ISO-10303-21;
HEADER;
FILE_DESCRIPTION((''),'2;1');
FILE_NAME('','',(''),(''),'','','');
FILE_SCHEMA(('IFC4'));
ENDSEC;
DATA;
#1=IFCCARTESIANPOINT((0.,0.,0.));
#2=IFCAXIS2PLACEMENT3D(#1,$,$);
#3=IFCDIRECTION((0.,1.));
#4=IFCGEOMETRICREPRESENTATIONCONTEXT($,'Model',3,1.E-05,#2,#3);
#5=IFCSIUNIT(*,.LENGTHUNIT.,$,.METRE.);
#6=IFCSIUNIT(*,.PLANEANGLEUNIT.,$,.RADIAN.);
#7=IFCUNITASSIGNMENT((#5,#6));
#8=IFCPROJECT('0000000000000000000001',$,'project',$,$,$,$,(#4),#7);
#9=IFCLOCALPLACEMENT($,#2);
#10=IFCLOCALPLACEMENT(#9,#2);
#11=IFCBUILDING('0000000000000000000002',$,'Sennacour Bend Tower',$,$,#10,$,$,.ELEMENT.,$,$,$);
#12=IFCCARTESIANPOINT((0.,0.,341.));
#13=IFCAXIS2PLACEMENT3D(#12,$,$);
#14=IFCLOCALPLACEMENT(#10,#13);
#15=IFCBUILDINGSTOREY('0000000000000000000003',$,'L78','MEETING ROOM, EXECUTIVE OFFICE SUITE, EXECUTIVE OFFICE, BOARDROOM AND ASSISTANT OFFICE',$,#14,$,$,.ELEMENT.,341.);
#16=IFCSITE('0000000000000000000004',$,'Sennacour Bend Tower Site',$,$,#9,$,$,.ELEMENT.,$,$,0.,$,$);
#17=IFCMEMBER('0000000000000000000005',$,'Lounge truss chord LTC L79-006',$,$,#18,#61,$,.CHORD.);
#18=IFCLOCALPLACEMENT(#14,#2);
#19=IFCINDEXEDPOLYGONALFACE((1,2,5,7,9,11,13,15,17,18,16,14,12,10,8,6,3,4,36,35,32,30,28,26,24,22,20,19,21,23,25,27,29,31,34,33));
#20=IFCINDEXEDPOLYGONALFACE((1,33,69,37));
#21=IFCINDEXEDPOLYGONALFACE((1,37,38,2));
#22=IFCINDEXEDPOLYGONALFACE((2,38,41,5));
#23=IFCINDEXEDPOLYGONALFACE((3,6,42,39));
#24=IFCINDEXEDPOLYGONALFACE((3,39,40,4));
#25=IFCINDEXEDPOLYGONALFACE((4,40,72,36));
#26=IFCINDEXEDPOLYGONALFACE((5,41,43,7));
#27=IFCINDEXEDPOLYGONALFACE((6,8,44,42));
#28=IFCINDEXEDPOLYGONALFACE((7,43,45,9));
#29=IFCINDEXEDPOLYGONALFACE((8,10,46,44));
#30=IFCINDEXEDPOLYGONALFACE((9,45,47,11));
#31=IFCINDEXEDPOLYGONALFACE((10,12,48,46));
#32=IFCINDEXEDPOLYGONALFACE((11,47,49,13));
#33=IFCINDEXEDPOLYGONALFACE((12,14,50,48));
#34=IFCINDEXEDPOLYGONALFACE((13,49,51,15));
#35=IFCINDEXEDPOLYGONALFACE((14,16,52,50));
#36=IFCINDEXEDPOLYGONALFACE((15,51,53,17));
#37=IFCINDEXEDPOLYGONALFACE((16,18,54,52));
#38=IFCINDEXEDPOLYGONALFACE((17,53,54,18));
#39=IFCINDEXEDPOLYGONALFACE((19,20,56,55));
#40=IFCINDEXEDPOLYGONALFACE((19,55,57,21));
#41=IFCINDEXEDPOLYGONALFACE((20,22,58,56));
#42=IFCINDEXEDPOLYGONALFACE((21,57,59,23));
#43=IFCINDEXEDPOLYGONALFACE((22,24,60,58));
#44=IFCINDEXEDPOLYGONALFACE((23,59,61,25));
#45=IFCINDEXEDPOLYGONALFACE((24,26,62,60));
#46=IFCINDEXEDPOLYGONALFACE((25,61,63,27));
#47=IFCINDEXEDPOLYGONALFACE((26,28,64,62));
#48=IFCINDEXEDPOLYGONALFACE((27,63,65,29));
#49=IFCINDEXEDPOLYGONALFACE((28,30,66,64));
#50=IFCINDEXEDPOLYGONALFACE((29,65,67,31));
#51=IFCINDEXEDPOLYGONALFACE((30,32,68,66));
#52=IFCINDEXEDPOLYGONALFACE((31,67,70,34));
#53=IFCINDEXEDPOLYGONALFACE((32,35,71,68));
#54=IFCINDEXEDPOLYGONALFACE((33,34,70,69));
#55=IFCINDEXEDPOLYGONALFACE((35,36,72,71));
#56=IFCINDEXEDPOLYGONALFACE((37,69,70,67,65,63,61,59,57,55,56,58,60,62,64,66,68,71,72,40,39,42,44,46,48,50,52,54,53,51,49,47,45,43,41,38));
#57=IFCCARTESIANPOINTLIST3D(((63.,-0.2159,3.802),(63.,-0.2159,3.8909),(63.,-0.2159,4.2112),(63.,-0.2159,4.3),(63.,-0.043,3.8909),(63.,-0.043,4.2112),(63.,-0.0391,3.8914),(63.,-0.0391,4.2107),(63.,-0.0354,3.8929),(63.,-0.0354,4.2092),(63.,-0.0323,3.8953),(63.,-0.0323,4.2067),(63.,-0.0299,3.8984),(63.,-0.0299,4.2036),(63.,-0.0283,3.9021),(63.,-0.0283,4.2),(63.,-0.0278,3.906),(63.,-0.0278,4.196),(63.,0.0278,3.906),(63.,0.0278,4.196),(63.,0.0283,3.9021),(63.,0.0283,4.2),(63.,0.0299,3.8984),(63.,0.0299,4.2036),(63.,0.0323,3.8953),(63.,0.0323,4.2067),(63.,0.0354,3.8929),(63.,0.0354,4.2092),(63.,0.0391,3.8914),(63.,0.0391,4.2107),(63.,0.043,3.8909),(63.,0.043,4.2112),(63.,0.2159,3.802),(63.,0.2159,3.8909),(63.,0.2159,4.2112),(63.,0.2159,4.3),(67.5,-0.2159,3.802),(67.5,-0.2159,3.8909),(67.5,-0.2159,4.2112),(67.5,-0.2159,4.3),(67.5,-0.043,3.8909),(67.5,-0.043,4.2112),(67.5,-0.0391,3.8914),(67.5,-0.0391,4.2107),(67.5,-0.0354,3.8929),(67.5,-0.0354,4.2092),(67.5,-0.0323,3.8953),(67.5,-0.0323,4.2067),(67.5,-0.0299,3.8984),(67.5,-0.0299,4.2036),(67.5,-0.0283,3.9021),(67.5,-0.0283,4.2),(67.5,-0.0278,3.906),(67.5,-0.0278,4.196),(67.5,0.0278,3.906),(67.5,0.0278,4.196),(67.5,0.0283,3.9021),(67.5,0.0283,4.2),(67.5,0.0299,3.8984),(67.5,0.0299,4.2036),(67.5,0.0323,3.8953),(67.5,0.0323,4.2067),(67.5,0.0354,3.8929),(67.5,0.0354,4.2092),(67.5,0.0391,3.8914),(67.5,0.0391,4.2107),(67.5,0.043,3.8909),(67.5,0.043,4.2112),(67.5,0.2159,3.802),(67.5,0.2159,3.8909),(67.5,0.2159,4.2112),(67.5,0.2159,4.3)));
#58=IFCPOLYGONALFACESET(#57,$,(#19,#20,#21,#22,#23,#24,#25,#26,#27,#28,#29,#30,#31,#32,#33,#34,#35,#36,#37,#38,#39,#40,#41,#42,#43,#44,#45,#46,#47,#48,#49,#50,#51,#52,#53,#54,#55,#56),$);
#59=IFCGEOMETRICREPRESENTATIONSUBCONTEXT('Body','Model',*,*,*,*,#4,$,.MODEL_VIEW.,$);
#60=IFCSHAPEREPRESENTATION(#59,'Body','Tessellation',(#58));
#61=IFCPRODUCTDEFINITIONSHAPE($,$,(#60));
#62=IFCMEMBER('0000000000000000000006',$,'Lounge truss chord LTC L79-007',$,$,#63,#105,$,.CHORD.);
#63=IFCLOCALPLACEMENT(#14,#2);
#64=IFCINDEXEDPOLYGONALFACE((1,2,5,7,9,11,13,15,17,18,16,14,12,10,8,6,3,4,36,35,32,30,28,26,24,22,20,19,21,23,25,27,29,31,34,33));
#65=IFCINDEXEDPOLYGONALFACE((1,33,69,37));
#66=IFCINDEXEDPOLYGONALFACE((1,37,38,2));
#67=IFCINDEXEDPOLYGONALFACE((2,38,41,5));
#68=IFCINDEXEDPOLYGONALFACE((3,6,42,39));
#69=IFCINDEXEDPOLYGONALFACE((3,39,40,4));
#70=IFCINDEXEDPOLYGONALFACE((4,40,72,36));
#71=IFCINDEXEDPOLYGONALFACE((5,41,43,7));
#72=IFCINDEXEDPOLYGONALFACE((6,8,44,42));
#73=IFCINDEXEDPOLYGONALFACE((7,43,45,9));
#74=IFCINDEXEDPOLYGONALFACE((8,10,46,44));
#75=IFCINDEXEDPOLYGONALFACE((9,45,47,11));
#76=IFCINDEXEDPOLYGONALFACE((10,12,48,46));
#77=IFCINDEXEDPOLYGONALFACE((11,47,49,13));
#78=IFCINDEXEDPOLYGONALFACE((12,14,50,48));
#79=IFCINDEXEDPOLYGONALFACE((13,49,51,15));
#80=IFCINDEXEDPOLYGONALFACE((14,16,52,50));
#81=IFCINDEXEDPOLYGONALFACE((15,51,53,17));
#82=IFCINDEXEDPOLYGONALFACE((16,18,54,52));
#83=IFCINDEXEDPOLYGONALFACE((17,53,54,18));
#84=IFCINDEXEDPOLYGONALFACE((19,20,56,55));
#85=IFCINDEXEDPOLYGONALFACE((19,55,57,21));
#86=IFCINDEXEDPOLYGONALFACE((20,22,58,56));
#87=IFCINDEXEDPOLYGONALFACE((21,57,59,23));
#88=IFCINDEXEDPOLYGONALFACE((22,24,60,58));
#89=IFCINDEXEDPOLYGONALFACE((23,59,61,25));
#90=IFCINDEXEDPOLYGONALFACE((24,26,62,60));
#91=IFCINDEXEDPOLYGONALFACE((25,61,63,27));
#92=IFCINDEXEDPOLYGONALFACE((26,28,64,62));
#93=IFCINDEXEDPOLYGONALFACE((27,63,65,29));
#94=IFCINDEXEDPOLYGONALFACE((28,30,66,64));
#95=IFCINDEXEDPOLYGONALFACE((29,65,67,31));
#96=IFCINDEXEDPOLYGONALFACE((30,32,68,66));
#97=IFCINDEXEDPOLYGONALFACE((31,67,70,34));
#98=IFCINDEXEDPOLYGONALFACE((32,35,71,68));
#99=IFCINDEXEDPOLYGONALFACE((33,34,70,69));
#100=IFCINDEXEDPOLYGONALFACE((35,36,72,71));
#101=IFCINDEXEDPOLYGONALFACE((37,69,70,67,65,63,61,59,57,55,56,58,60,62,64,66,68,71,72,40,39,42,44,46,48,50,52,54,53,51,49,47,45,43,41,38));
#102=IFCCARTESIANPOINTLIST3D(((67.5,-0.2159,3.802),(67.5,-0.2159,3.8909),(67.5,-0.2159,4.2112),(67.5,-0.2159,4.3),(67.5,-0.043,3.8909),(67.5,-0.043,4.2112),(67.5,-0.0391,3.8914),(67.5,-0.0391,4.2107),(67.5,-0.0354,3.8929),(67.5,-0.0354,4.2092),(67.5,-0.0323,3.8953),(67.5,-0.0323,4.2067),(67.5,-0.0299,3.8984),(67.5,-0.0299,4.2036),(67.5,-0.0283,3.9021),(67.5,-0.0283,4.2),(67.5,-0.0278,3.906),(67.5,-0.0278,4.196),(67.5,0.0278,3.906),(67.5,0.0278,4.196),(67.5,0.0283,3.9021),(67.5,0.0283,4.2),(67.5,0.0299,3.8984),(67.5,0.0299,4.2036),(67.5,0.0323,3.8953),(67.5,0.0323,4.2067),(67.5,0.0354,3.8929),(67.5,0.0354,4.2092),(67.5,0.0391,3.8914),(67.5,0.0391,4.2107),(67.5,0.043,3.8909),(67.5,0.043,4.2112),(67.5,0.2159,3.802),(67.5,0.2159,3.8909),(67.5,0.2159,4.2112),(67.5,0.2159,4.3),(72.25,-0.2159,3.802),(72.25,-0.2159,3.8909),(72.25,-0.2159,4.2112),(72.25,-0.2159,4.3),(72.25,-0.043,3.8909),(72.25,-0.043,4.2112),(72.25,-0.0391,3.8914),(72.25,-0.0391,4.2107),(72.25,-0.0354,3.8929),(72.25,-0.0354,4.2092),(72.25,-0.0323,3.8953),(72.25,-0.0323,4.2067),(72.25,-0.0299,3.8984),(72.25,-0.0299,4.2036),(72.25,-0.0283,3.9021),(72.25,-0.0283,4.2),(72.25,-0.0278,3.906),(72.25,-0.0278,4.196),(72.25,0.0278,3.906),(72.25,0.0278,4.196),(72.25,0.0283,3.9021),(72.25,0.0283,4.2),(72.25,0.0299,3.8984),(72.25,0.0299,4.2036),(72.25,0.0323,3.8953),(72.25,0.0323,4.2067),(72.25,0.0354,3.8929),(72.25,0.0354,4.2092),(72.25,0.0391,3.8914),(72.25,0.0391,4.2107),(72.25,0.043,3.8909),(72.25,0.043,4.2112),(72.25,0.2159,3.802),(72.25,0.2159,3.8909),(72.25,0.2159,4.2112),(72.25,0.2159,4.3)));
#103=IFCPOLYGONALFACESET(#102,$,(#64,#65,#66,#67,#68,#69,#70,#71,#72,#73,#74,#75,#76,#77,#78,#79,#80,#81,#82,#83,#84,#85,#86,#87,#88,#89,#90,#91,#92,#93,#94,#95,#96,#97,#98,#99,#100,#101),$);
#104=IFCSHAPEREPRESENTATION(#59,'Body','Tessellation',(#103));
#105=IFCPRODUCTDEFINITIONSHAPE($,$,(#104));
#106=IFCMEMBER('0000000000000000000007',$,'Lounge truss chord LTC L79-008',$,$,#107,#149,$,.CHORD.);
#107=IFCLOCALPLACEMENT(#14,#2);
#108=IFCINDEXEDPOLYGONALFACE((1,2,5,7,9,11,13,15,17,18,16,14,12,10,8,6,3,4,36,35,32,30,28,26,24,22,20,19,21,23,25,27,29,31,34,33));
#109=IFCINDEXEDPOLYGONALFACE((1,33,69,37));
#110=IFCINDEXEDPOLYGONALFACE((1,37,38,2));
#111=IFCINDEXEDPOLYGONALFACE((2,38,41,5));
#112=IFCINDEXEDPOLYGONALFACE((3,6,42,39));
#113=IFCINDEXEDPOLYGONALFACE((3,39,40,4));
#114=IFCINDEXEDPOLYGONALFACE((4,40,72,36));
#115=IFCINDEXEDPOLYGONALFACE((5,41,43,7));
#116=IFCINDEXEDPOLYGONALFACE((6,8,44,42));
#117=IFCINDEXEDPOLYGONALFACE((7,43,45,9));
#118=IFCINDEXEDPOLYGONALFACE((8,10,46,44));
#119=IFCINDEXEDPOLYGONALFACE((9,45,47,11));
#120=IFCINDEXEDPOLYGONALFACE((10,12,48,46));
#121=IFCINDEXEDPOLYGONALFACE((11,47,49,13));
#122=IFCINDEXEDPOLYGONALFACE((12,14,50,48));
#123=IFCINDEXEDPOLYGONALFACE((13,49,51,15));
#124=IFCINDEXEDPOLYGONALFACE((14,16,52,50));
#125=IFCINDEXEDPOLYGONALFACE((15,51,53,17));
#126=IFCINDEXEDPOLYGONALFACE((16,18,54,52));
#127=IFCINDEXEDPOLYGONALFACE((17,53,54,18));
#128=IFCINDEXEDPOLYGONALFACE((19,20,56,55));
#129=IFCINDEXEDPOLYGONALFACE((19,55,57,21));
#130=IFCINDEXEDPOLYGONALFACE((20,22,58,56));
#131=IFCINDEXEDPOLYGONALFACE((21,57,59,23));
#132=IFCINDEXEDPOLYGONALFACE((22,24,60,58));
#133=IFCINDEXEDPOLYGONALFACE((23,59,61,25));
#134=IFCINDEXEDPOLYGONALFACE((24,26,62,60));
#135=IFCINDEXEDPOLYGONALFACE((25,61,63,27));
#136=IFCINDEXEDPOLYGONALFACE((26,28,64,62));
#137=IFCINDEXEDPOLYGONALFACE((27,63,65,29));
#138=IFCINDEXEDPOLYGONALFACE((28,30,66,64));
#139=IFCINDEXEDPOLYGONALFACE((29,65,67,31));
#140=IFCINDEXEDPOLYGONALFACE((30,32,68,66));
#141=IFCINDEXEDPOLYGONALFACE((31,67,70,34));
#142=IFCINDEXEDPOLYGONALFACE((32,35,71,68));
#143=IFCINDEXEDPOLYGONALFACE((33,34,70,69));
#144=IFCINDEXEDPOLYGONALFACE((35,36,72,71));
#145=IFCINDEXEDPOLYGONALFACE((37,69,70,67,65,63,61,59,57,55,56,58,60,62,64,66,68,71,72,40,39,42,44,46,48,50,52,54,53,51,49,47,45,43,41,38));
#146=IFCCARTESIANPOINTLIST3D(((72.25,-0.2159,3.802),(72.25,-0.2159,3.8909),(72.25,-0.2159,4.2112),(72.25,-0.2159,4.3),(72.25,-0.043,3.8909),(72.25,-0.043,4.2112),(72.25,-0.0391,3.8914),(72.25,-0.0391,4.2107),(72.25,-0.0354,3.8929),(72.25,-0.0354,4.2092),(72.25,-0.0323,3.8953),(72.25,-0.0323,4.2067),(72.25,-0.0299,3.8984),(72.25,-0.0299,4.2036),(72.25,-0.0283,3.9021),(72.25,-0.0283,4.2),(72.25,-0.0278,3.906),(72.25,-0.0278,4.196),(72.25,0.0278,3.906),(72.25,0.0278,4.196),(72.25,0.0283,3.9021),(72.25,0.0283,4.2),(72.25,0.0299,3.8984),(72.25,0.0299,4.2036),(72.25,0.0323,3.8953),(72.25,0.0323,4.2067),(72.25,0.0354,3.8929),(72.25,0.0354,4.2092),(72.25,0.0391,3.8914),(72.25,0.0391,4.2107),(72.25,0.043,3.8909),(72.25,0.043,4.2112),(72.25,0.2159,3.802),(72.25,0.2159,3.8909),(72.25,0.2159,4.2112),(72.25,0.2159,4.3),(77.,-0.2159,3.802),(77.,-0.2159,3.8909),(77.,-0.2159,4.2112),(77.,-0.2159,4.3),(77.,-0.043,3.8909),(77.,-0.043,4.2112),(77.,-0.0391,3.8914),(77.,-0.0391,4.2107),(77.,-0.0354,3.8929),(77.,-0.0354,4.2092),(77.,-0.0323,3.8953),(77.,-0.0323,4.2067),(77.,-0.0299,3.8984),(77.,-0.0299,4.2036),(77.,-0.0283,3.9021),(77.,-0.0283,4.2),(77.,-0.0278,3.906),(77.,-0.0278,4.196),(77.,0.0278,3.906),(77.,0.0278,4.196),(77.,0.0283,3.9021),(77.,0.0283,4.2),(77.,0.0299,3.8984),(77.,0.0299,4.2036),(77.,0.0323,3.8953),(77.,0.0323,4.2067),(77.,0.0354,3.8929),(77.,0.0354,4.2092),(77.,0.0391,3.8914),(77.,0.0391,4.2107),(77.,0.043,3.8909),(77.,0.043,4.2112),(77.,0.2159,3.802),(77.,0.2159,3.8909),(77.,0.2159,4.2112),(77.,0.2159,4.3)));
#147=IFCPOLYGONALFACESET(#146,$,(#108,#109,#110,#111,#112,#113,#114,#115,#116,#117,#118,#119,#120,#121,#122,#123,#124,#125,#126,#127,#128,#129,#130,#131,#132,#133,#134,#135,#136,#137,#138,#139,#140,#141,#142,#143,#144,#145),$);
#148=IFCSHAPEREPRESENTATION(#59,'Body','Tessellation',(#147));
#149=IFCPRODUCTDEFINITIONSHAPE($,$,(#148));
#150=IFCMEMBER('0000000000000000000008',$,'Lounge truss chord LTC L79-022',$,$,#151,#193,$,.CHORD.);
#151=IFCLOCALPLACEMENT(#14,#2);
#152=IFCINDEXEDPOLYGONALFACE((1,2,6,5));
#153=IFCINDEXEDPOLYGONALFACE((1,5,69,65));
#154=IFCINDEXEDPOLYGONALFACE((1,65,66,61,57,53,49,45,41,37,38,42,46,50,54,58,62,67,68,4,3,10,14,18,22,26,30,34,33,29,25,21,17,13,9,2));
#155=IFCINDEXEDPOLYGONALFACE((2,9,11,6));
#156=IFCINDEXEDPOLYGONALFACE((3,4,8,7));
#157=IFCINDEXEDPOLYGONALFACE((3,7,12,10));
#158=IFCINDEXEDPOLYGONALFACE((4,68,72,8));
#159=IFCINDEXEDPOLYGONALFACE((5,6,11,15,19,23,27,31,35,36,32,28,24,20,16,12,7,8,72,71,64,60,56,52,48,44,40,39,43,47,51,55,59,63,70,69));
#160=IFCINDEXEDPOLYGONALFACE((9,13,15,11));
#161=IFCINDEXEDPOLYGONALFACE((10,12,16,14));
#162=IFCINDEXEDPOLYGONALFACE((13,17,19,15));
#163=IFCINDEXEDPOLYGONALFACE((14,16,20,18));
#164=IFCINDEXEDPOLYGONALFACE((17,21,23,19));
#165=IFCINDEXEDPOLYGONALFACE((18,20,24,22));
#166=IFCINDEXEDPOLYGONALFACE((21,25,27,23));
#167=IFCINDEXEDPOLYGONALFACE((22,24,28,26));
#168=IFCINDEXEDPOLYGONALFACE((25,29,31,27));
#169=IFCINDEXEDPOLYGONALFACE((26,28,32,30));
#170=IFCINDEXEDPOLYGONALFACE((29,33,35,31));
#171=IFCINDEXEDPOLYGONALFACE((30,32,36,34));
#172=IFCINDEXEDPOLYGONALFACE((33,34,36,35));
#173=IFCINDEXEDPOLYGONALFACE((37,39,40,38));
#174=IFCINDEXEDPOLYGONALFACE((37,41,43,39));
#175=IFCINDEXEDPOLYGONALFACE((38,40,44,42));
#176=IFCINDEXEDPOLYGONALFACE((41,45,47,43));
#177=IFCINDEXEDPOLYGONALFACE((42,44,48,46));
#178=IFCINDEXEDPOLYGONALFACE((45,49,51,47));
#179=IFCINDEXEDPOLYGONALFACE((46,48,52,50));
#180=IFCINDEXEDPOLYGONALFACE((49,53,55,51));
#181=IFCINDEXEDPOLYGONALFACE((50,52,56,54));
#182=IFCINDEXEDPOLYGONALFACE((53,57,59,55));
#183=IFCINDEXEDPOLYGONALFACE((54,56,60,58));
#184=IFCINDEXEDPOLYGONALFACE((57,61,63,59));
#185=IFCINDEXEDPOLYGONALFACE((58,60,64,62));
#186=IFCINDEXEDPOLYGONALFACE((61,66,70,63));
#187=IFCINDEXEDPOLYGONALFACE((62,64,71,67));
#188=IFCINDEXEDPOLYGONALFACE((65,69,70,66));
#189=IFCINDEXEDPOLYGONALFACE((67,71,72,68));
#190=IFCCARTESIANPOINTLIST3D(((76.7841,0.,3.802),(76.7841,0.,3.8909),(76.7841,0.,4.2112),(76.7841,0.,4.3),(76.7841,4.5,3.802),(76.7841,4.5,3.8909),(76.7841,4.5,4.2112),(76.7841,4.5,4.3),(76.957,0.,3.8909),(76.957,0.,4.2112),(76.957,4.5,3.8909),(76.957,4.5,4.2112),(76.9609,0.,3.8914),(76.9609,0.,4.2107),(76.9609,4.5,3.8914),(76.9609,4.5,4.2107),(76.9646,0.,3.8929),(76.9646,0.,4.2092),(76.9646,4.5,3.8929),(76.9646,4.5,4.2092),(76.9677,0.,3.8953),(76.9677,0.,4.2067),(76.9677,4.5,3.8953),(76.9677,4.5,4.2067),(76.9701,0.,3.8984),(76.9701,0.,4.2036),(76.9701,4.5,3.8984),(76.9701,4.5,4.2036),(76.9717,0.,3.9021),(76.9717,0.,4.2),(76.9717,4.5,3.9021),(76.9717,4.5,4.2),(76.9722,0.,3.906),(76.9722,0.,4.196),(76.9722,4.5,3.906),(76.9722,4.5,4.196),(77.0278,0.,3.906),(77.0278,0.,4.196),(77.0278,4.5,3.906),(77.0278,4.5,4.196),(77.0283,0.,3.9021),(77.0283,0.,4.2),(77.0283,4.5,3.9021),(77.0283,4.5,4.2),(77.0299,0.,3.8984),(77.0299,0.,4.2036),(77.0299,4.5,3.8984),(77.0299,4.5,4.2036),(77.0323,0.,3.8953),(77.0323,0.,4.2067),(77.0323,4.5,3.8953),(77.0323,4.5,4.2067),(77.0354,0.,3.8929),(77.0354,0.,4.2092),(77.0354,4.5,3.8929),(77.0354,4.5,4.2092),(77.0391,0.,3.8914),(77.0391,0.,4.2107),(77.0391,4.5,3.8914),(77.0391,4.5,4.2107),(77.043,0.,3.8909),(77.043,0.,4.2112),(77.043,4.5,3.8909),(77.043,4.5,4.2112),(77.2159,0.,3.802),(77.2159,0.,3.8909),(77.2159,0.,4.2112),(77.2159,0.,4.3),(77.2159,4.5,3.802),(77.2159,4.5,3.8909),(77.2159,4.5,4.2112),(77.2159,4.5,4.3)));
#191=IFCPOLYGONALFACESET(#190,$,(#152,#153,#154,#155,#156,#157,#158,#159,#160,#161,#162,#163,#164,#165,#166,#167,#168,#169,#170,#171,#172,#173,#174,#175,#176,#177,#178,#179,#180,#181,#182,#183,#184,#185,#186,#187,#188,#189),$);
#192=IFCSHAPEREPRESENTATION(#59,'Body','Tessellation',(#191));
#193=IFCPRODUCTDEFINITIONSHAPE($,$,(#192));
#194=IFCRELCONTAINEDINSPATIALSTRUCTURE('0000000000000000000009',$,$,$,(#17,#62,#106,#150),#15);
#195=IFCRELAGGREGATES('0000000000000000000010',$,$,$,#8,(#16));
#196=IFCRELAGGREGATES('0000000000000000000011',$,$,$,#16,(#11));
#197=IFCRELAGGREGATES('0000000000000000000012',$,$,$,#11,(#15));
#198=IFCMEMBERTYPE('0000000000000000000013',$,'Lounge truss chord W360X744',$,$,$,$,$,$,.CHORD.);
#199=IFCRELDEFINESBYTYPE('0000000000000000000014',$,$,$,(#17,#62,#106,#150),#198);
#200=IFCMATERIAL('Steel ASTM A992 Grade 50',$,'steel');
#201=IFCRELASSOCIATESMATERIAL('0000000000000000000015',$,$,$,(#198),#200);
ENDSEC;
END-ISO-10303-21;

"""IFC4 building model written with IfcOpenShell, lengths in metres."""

from ifc_helpers import new_model, si_unit, direction, frame, origin, origin_2d, place, context, subcontext, project, spatial, i_section, extrude, material, material_profile, profile_set, type_object, element, save


model = new_model("IFC4")

# Units and contexts
model_context = context("Model", 3, precision=1e-05, world=origin(), true_north=direction((0.0, 1.0)))
body_context = subcontext(model_context, "Body", "Model", "MODEL_VIEW")
ifc_project = project(units=[si_unit("LENGTHUNIT", "METRE"), si_unit("PLANEANGLEUNIT", "RADIAN")], contexts=[model_context])

# Site, building, storey
site_placement = place(None, origin())
site = spatial("IfcSite", under=ifc_project, at=site_placement, Name="Sennacour Bend Tower Site", CompositionType="ELEMENT", RefElevation=0.0)
building_placement = place(site_placement, origin())
building = spatial("IfcBuilding", under=site, at=building_placement, Name="Sennacour Bend Tower", CompositionType="ELEMENT")
storey_placement = place(building_placement, frame((0.0, 0.0, 341.0)))
storey = spatial("IfcBuildingStorey", under=building, at=storey_placement, Name="L78", Description="MEETING ROOM, EXECUTIVE OFFICE SUITE, EXECUTIVE OFFICE, BOARDROOM AND ASSISTANT OFFICE", CompositionType="ELEMENT", Elevation=341.0)

# Shared definitions
ifc_material_1 = material(Name="Steel ASTM A992 Grade 50", Category="steel")

# Members
ifc_material_profile_1 = material_profile(ifc_material_1, i_section(OverallWidth=0.4319, OverallDepth=0.498, WebThickness=0.0557, FlangeThickness=0.0889, FilletRadius=0.0151, at=origin_2d()), Name="Steel ASTM A992 Grade 50", Category="steel")
ifc_profile_set_1 = profile_set([ifc_material_profile_1], Name="Steel ASTM A992 Grade 50")
member_type = type_object("IfcMemberType", Name="Lounge truss chord W360X744", PredefinedType="CHORD", material=ifc_profile_set_1)
member_placement = place(storey_placement, frame((63.0, 0.0, 4.051), z_axis=(1.0, 0.0, 0.0), x_axis=(0.0, 1.0, 0.0)))
element("IfcMember", 1, at=member_placement, inside=storey, type_object=member_type, Name="Lounge truss chord LTC L79-006", PredefinedType="CHORD", context=body_context, shape_type="SweptSolid", body=[
    extrude(i_section(OverallWidth=0.4319, OverallDepth=0.498, WebThickness=0.0557, FlangeThickness=0.0889, FilletRadius=0.0151, at=origin_2d()), origin(), (0.0, 0.0, 1.0), 4.5),
])
for number, where, z_axis, x_axis, name in (
    (2, (67.5, 0.0, 4.051), (1.0, 0.0, 0.0), (0.0, 1.0, 0.0), "Lounge truss chord LTC L79-007"),
    (3, (72.25, 0.0, 4.051), (1.0, 0.0, 0.0), (0.0, 1.0, 0.0), "Lounge truss chord LTC L79-008"),
):
    element("IfcMember", number, at=place(storey_placement, frame(where, z_axis=z_axis, x_axis=x_axis)), inside=storey, type_object=member_type, Name=name, PredefinedType="CHORD", context=body_context, shape_type="SweptSolid", body=[
        extrude(i_section(OverallWidth=0.4319, OverallDepth=0.498, WebThickness=0.0557, FlangeThickness=0.0889, FilletRadius=0.0151, at=origin_2d()), origin(), (0.0, 0.0, 1.0), 4.75),
    ])
for number, where, z_axis, x_axis, name in (
    (4, (77.0, 0.0, 4.051), (0.0, 1.0, 0.0), (-1.0, 0.0, 0.0), "Lounge truss chord LTC L79-022"),
):
    element("IfcMember", number, at=place(storey_placement, frame(where, z_axis=z_axis, x_axis=x_axis)), inside=storey, type_object=member_type, Name=name, PredefinedType="CHORD", context=body_context, shape_type="SweptSolid", body=[
        extrude(i_section(OverallWidth=0.4319, OverallDepth=0.498, WebThickness=0.0557, FlangeThickness=0.0889, FilletRadius=0.0151, at=origin_2d()), origin(), (0.0, 0.0, 1.0), 4.5),
    ])

save(model, "model.ifc")
